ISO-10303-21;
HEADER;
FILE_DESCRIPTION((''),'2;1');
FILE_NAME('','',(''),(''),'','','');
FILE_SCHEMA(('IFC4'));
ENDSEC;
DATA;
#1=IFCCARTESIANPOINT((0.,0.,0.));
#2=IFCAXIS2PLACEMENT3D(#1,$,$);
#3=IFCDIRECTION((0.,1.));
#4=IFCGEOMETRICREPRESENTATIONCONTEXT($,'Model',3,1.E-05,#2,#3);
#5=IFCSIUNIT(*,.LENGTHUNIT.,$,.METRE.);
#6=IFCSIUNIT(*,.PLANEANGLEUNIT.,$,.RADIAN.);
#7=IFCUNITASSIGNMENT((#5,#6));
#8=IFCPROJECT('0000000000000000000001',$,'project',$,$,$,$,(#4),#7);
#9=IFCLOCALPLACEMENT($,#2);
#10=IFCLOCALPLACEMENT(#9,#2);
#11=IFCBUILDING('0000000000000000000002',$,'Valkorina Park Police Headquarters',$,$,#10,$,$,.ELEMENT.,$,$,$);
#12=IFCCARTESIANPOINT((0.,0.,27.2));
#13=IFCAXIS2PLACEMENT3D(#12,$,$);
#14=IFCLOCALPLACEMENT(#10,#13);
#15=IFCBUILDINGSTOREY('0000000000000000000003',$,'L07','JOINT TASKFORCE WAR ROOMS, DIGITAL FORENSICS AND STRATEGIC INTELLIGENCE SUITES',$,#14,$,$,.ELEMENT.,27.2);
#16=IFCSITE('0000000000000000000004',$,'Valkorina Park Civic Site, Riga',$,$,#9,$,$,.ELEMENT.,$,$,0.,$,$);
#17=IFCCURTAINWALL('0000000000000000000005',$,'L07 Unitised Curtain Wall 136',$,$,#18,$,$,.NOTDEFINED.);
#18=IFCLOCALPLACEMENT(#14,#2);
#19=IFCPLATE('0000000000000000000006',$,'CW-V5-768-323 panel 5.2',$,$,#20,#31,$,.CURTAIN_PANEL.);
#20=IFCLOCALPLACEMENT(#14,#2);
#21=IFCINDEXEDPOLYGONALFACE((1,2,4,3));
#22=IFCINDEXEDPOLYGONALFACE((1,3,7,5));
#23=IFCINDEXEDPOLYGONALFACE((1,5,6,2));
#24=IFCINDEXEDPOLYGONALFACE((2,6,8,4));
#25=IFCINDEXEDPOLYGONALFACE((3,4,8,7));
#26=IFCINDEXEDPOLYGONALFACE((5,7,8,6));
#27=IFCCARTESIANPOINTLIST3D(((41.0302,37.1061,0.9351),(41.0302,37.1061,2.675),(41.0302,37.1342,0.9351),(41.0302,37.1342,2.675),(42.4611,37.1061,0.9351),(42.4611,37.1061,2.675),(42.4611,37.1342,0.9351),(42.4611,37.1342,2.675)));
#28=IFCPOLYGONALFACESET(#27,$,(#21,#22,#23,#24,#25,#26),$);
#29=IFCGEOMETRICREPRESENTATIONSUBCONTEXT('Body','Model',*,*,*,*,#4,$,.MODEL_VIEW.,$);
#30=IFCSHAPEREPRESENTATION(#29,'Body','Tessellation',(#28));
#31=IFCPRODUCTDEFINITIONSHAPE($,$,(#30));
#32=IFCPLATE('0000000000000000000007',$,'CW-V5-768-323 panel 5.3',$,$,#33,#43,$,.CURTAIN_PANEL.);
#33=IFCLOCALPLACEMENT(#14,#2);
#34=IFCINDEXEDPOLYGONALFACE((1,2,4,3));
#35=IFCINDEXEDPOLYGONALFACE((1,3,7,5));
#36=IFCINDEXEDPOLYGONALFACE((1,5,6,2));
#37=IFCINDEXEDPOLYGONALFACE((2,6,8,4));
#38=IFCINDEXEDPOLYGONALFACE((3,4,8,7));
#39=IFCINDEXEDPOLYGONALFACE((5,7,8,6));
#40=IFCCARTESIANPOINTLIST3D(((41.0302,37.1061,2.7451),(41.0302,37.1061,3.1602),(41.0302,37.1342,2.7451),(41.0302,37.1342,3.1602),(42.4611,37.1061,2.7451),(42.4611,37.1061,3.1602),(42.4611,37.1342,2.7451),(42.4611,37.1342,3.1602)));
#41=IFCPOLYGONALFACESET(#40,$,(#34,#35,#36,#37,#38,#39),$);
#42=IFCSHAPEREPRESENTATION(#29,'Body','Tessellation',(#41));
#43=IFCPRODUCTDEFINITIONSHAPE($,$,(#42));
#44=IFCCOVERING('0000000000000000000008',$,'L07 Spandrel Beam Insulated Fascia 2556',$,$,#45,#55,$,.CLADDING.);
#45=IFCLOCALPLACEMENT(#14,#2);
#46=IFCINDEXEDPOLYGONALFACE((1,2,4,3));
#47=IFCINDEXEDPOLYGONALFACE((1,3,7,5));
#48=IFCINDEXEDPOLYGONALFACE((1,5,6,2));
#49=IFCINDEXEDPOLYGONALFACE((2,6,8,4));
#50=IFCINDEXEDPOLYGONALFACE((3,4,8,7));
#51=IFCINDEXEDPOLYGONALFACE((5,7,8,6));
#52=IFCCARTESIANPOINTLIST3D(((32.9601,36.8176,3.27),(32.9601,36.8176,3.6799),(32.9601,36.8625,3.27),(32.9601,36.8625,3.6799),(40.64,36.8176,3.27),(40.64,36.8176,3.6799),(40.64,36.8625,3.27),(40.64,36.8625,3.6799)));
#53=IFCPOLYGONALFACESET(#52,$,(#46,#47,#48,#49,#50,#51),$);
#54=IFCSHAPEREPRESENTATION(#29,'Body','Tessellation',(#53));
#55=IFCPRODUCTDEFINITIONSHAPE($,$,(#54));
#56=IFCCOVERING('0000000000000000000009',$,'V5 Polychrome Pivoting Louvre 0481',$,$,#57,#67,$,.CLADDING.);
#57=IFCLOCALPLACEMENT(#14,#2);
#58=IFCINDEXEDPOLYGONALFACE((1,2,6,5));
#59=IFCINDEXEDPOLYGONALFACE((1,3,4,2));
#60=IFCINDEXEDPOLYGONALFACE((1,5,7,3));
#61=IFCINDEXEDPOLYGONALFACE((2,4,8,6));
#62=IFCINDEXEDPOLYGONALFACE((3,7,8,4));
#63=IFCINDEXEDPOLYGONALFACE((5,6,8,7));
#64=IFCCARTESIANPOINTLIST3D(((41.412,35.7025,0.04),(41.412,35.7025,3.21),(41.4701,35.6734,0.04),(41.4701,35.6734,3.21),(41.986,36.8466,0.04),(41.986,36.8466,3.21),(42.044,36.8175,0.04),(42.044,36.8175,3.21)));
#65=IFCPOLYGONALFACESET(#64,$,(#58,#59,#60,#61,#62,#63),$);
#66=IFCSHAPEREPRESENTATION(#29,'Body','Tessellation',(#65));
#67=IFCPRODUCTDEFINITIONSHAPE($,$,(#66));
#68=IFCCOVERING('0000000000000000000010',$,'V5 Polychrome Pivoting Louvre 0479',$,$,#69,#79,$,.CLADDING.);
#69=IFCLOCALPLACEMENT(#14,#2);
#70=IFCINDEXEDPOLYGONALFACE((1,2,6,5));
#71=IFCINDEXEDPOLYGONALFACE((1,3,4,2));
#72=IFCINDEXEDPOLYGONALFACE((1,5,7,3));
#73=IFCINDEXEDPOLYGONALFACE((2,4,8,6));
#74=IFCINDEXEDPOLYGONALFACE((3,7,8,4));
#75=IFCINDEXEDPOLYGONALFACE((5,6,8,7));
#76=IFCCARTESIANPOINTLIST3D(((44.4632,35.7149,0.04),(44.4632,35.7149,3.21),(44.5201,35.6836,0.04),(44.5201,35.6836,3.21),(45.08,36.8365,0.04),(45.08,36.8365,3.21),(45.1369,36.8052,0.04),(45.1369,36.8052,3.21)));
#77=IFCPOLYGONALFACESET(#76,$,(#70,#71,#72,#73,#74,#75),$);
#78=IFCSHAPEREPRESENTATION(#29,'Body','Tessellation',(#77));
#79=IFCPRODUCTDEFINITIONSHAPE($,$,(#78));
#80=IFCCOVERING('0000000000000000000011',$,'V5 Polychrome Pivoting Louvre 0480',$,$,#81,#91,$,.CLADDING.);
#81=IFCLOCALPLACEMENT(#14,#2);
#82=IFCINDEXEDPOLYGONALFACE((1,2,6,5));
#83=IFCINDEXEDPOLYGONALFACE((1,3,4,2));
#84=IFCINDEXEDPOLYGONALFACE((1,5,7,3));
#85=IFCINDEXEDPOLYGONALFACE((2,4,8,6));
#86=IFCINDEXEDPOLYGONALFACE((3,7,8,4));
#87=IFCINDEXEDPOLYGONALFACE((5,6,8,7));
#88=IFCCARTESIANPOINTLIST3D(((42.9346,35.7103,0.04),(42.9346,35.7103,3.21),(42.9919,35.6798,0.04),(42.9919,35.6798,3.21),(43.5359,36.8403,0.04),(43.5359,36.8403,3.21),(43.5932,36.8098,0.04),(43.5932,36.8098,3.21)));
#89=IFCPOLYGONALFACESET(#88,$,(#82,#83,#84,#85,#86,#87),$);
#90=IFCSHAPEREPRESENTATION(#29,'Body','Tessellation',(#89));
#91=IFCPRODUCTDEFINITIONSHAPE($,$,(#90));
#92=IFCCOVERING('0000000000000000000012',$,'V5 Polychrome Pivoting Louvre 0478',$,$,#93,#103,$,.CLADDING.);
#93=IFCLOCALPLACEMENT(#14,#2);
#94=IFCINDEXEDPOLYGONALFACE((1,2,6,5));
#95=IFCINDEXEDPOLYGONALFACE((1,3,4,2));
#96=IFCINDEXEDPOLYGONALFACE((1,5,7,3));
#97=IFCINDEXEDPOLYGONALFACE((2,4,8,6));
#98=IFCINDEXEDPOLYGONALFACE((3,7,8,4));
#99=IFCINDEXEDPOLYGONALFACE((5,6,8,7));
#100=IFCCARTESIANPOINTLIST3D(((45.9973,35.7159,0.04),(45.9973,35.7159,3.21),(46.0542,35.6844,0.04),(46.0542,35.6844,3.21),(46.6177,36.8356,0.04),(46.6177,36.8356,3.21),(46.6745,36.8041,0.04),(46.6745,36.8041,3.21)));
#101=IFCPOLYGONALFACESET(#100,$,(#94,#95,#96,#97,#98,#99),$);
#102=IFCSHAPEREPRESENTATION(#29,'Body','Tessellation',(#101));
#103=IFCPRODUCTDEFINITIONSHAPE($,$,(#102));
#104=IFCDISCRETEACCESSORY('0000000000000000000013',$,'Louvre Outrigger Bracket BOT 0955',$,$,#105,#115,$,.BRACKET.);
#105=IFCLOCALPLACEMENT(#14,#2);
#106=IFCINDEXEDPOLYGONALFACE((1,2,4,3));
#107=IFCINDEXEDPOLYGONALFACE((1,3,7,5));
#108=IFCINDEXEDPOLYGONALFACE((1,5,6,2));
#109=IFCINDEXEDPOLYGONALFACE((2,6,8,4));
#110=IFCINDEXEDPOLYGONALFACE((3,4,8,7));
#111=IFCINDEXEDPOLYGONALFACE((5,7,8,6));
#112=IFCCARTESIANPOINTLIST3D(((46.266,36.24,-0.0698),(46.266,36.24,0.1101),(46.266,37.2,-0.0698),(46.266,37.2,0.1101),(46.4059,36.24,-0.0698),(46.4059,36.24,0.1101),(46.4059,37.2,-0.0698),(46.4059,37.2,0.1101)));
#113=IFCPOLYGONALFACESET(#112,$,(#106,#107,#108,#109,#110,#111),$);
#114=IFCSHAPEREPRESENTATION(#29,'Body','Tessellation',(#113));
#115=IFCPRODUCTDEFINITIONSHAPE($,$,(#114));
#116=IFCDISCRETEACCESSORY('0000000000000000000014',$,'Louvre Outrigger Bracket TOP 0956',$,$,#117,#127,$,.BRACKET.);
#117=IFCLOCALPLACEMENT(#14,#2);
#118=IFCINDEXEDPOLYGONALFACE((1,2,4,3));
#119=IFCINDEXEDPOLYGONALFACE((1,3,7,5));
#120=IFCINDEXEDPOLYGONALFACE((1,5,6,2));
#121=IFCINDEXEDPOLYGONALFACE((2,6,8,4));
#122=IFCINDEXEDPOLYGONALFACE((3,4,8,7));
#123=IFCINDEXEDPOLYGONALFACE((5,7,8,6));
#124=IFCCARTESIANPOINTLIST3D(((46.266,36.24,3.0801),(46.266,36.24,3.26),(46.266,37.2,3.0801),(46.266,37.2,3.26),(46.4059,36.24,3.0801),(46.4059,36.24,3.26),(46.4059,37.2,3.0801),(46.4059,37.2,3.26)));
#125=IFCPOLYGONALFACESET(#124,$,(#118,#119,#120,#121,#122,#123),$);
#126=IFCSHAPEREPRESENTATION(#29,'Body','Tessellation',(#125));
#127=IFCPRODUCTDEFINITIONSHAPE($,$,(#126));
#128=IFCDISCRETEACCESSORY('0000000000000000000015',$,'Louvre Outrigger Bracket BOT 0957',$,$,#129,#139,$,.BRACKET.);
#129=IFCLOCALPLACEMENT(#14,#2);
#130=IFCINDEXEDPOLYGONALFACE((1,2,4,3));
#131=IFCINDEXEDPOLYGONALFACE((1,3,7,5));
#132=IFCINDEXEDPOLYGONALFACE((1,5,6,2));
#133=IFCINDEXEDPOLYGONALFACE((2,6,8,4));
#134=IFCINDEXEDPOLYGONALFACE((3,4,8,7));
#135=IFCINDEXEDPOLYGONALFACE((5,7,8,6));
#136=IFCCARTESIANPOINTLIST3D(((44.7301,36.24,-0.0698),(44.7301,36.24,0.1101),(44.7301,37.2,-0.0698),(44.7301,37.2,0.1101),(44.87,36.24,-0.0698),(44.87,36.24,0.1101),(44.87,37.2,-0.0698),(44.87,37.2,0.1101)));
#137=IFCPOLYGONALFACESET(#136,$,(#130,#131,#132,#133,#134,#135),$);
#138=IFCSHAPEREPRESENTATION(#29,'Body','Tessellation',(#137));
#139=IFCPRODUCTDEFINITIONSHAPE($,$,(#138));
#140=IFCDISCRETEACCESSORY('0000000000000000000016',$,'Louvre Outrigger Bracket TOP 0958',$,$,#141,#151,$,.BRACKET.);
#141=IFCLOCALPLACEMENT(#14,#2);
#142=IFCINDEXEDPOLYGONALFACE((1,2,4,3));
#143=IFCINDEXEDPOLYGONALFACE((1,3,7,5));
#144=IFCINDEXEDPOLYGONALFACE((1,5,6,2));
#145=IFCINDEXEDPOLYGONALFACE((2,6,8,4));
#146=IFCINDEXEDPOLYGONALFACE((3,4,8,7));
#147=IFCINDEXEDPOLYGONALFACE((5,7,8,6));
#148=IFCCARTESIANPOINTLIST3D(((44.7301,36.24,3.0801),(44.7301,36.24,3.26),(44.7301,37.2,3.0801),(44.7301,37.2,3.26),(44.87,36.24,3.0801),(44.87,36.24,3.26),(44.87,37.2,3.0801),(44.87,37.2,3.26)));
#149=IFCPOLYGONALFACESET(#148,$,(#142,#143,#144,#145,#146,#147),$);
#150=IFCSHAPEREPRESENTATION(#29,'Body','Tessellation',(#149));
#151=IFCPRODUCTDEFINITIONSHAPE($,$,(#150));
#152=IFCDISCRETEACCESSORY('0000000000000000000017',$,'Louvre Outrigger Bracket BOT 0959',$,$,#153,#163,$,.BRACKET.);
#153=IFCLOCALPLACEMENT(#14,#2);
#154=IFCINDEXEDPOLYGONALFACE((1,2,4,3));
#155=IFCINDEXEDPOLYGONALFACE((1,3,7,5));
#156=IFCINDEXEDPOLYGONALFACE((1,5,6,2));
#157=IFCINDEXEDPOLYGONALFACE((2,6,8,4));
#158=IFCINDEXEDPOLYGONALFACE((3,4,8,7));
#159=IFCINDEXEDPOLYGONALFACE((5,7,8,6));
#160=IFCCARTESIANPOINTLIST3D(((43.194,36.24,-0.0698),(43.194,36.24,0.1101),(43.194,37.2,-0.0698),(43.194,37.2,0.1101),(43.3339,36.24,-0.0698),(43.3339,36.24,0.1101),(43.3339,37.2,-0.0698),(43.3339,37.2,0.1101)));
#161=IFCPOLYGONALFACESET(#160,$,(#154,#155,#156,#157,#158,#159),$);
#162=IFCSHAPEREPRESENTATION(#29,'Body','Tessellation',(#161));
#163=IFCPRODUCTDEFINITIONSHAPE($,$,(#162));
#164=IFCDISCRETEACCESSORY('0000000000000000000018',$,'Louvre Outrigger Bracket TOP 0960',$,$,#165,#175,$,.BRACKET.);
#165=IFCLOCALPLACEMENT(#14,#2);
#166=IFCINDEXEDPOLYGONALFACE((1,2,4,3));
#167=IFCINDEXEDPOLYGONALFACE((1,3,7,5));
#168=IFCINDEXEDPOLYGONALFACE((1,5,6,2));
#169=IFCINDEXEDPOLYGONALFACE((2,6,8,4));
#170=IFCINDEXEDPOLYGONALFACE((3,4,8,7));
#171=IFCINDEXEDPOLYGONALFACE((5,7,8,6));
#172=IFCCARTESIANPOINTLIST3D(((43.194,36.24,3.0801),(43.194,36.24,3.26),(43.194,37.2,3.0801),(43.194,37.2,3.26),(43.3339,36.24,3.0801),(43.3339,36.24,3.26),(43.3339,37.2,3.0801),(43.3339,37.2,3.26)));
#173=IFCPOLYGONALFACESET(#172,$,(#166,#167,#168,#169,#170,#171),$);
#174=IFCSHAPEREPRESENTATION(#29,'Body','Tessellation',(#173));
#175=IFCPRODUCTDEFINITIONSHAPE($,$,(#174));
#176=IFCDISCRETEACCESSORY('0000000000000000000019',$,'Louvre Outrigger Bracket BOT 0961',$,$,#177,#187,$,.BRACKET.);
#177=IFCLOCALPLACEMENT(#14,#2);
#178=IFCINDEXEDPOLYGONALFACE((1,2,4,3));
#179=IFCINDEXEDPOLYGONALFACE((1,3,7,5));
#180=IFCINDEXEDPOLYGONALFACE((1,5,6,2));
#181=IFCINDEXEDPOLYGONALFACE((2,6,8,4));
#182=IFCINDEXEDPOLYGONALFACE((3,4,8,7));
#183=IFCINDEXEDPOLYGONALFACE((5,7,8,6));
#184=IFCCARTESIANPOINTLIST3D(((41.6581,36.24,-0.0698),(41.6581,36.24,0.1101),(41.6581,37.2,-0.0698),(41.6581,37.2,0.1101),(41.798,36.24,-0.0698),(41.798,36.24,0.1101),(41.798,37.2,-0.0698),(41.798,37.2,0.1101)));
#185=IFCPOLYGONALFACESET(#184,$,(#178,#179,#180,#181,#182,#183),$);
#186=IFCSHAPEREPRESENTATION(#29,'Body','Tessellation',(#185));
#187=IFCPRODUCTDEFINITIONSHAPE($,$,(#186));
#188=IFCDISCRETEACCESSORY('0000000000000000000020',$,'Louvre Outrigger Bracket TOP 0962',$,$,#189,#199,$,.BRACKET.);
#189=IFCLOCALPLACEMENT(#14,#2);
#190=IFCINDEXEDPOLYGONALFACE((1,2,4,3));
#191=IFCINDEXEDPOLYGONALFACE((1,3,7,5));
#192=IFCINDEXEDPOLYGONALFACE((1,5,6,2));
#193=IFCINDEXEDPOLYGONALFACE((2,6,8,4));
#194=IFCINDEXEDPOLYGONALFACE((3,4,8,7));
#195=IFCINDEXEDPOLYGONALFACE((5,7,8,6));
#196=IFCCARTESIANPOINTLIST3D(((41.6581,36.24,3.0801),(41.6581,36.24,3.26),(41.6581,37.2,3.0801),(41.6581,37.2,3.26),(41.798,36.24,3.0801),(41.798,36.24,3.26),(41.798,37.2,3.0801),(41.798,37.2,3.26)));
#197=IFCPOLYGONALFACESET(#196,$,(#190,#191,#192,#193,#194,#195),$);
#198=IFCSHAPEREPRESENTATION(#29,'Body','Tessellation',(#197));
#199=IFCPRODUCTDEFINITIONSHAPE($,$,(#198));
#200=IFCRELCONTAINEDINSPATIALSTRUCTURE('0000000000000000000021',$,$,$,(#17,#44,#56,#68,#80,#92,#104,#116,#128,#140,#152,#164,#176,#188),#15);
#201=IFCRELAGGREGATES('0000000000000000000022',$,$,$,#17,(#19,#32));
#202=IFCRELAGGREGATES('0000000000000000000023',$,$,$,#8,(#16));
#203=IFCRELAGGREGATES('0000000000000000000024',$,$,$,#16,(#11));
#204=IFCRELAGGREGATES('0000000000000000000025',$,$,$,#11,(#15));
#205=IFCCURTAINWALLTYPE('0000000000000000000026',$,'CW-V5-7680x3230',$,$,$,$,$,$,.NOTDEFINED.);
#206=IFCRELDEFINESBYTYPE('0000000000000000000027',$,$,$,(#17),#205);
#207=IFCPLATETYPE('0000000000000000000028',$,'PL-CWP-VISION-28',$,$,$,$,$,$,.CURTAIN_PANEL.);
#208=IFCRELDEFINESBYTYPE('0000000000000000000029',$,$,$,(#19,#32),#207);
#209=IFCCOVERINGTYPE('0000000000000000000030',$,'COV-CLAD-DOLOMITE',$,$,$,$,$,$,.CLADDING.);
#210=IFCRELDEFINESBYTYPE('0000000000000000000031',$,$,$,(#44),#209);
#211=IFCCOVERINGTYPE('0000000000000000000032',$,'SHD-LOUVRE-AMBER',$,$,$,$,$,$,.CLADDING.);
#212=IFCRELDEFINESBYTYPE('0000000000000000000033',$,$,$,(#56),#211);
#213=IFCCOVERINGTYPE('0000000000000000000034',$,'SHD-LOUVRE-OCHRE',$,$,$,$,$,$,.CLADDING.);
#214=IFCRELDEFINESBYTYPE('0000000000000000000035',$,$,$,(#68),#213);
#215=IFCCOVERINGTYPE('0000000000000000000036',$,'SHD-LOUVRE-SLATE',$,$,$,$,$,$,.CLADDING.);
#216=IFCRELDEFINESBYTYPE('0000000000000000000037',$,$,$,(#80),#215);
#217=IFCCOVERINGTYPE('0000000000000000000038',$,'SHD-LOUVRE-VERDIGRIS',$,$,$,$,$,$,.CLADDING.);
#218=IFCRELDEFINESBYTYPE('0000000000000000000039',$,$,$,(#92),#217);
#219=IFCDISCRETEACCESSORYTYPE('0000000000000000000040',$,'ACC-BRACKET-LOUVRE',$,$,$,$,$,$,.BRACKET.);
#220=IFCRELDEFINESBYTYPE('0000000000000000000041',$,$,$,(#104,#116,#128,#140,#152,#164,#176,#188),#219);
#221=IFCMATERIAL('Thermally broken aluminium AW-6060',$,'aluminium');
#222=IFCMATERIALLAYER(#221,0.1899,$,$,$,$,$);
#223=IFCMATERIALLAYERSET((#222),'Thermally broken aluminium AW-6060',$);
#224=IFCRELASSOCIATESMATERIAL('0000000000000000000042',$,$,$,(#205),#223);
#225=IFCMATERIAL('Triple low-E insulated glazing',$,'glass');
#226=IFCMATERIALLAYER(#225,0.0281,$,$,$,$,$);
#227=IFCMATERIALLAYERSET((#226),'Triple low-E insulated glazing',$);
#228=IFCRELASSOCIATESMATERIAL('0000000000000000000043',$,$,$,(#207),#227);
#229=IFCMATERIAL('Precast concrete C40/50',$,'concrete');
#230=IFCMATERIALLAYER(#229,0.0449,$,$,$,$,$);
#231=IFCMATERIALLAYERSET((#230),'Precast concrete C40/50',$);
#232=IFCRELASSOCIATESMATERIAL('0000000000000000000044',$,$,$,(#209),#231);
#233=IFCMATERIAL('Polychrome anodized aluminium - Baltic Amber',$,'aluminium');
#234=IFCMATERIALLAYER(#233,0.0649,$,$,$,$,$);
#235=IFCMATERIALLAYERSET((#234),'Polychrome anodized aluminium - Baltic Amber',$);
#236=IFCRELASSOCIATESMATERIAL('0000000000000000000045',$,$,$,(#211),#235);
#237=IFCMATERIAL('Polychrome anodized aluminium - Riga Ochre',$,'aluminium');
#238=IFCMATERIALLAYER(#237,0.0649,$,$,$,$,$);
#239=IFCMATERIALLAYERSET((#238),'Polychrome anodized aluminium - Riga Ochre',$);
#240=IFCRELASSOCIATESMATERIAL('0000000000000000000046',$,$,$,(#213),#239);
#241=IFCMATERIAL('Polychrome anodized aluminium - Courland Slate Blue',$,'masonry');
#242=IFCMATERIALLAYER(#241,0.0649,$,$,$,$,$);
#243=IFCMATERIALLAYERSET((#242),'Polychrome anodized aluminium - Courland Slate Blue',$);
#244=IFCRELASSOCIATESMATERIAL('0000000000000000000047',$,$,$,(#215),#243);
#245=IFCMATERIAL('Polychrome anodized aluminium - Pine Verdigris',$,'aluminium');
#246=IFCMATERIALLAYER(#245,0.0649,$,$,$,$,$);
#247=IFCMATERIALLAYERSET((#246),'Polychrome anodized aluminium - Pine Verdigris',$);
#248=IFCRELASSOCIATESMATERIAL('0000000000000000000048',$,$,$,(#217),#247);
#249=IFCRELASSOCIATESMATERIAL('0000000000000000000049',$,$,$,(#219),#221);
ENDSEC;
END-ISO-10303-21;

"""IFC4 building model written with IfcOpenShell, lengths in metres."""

from ifc_helpers import new_model, si_unit, direction, frame, frame_2d, origin, origin_2d, place, context, subcontext, project, spatial, rectangle, extrude, material, layer, layer_set, type_object, element, aggregate, save


model = new_model("IFC4")

# Units and contexts
model_context = context("Model", 3, precision=1e-05, world=origin(), true_north=direction((0.0, 1.0)))
body_context = subcontext(model_context, "Body", "Model", "MODEL_VIEW")
ifc_project = project(units=[si_unit("LENGTHUNIT", "METRE"), si_unit("PLANEANGLEUNIT", "RADIAN")], contexts=[model_context])

# Site, building, storey
site_placement = place(None, origin())
site = spatial("IfcSite", under=ifc_project, at=site_placement, Name="Valkorina Park Civic Site, Riga", CompositionType="ELEMENT", RefElevation=0.0)
building_placement = place(site_placement, origin())
building = spatial("IfcBuilding", under=site, at=building_placement, Name="Valkorina Park Police Headquarters", CompositionType="ELEMENT")
storey_placement = place(building_placement, frame((0.0, 0.0, 27.2)))
storey = spatial("IfcBuildingStorey", under=building, at=storey_placement, Name="L07", Description="JOINT TASKFORCE WAR ROOMS, DIGITAL FORENSICS AND STRATEGIC INTELLIGENCE SUITES", CompositionType="ELEMENT", Elevation=27.2)

# Curtain wall, plates
ifc_material_1 = material(Name="Thermally broken aluminium AW-6060", Category="aluminium")
ifc_layer_1 = layer(ifc_material_1, 0.1899)
ifc_layer_set_1 = layer_set([ifc_layer_1], Name="Thermally broken aluminium AW-6060")
curtain_wall_type = type_object("IfcCurtainWallType", Name="CW-V5-7680x3230", PredefinedType="NOTDEFINED", material=ifc_layer_set_1)
curtain_wall_placement = place(storey_placement, origin())
curtain_wall = element("IfcCurtainWall", 1, at=curtain_wall_placement, inside=storey, type_object=curtain_wall_type, Name="L07 Unitised Curtain Wall 136", PredefinedType="NOTDEFINED")
ifc_material_2 = material(Name="Triple low-E insulated glazing", Category="glass")
ifc_layer_2 = layer(ifc_material_2, 0.0281)
ifc_layer_set_2 = layer_set([ifc_layer_2], Name="Triple low-E insulated glazing")
plate_type_1 = type_object("IfcPlateType", Name="PL-CWP-VISION-28", PredefinedType="CURTAIN_PANEL", material=ifc_layer_set_2)
plate_1_placement = place(storey_placement, frame((41.7456, 37.1201, 0.9351), z_axis=(0.0, 0.0, 1.0), x_axis=(-1.0, 0.0, 0.0)))
plate_1 = element("IfcPlate", 2, at=plate_1_placement, type_object=plate_type_1, Name="CW-V5-768-323 panel 5.2", PredefinedType="CURTAIN_PANEL", context=body_context, shape_type="SweptSolid", body=[
    extrude(rectangle(XDim=1.4309, YDim=0.0281, at=origin_2d()), origin(), (0.0, 0.0, 1.0), 1.74),
])
plate_2_placement = place(storey_placement, frame((41.7456, 37.1201, 2.7451), z_axis=(0.0, 0.0, 1.0), x_axis=(-1.0, 0.0, 0.0)))
plate_2 = element("IfcPlate", 3, at=plate_2_placement, type_object=plate_type_1, Name="CW-V5-768-323 panel 5.3", PredefinedType="CURTAIN_PANEL", context=body_context, shape_type="SweptSolid", body=[
    extrude(rectangle(XDim=1.4309, YDim=0.0281, at=origin_2d()), origin(), (0.0, 0.0, 1.0), 0.415),
])
aggregate(curtain_wall, [plate_1, plate_2])

# Coverings
ifc_material_3 = material(Name="Precast concrete C40/50", Category="concrete")
ifc_layer_3 = layer(ifc_material_3, 0.0449)
ifc_layer_set_3 = layer_set([ifc_layer_3], Name="Precast concrete C40/50")
covering_type_1 = type_object("IfcCoveringType", Name="COV-CLAD-DOLOMITE", PredefinedType="CLADDING", material=ifc_layer_set_3)
covering_1_placement = place(storey_placement, frame((40.6399, 36.8401, 3.27), z_axis=(0.0, 0.0, 1.0), x_axis=(-1.0, 0.0, 0.0)))
element("IfcCovering", 4, at=covering_1_placement, inside=storey, type_object=covering_type_1, Name="L07 Spandrel Beam Insulated Fascia 2556", PredefinedType="CLADDING", context=body_context, shape_type="SweptSolid", body=[
    extrude(rectangle(XDim=7.6799, YDim=0.0449, at=frame_2d((3.8398, 0.0))), origin(), (0.0, 0.0, 1.0), 0.4099),
])
ifc_material_4 = material(Name="Polychrome anodized aluminium - Baltic Amber", Category="aluminium")
ifc_layer_4 = layer(ifc_material_4, 0.0649)
ifc_layer_set_4 = layer_set([ifc_layer_4], Name="Polychrome anodized aluminium - Baltic Amber")
covering_type_2 = type_object("IfcCoveringType", Name="SHD-LOUVRE-AMBER", PredefinedType="CLADDING", material=ifc_layer_set_4)
covering_2_placement = place(storey_placement, frame((41.728, 36.26, 0.04), z_axis=(0.0, 0.0, 1.0), x_axis=(-0.448383, -0.893841, 0.0)))
element("IfcCovering", 5, at=covering_2_placement, inside=storey, type_object=covering_type_2, Name="V5 Polychrome Pivoting Louvre 0481", PredefinedType="CLADDING", context=body_context, shape_type="SweptSolid", body=[
    extrude(rectangle(XDim=1.28, YDim=0.0649, at=origin_2d()), origin(), (0.0, 0.0, 1.0), 3.1699),
])
ifc_material_5 = material(Name="Polychrome anodized aluminium - Riga Ochre", Category="aluminium")
ifc_layer_5 = layer(ifc_material_5, 0.0649)
ifc_layer_set_5 = layer_set([ifc_layer_5], Name="Polychrome anodized aluminium - Riga Ochre")
covering_type_3 = type_object("IfcCoveringType", Name="SHD-LOUVRE-OCHRE", PredefinedType="CLADDING", material=ifc_layer_set_5)
covering_3_placement = place(storey_placement, frame((44.8, 36.26, 0.04), z_axis=(0.0, 0.0, 1.0), x_axis=(-0.481907, -0.876223, 0.0)))
element("IfcCovering", 6, at=covering_3_placement, inside=storey, type_object=covering_type_3, Name="V5 Polychrome Pivoting Louvre 0479", PredefinedType="CLADDING", context=body_context, shape_type="SweptSolid", body=[
    extrude(rectangle(XDim=1.28, YDim=0.0649, at=origin_2d()), origin(), (0.0, 0.0, 1.0), 3.1699),
])
ifc_material_6 = material(Name="Polychrome anodized aluminium - Courland Slate Blue", Category="masonry")
ifc_layer_6 = layer(ifc_material_6, 0.0649)
ifc_layer_set_6 = layer_set([ifc_layer_6], Name="Polychrome anodized aluminium - Courland Slate Blue")
covering_type_4 = type_object("IfcCoveringType", Name="SHD-LOUVRE-SLATE", PredefinedType="CLADDING", material=ifc_layer_set_6)
covering_4_placement = place(storey_placement, frame((43.2639, 36.26, 0.04), z_axis=(0.0, 0.0, 1.0), x_axis=(-0.46978, -0.882784, 0.0)))
element("IfcCovering", 7, at=covering_4_placement, inside=storey, type_object=covering_type_4, Name="V5 Polychrome Pivoting Louvre 0480", PredefinedType="CLADDING", context=body_context, shape_type="SweptSolid", body=[
    extrude(rectangle(XDim=1.28, YDim=0.0649, at=origin_2d()), origin(), (0.0, 0.0, 1.0), 3.1699),
])
ifc_material_7 = material(Name="Polychrome anodized aluminium - Pine Verdigris", Category="aluminium")
ifc_layer_7 = layer(ifc_material_7, 0.0649)
ifc_layer_set_7 = layer_set([ifc_layer_7], Name="Polychrome anodized aluminium - Pine Verdigris")
covering_type_5 = type_object("IfcCoveringType", Name="SHD-LOUVRE-VERDIGRIS", PredefinedType="CLADDING", material=ifc_layer_set_7)
covering_5_placement = place(storey_placement, frame((46.3359, 36.26, 0.04), z_axis=(0.0, 0.0, 1.0), x_axis=(-0.484657, -0.874704, 0.0)))
element("IfcCovering", 8, at=covering_5_placement, inside=storey, type_object=covering_type_5, Name="V5 Polychrome Pivoting Louvre 0478", PredefinedType="CLADDING", context=body_context, shape_type="SweptSolid", body=[
    extrude(rectangle(XDim=1.28, YDim=0.0649, at=origin_2d()), origin(), (0.0, 0.0, 1.0), 3.1699),
])

# Discrete accessories
discrete_accessory_type = type_object("IfcDiscreteAccessoryType", Name="ACC-BRACKET-LOUVRE", PredefinedType="BRACKET", material=ifc_material_1)
for number, where, z_axis, x_axis, name in (
    (9, (46.3359, 36.72, -0.0698), (0.0, 0.0, 1.0), (0.0, -1.0, 0.0), "Louvre Outrigger Bracket BOT 0955"),
    (10, (46.3359, 36.72, 3.0801), (0.0, 0.0, 1.0), (0.0, -1.0, 0.0), "Louvre Outrigger Bracket TOP 0956"),
    (11, (44.8, 36.72, -0.0698), (0.0, 0.0, 1.0), (0.0, -1.0, 0.0), "Louvre Outrigger Bracket BOT 0957"),
    (12, (44.8, 36.72, 3.0801), (0.0, 0.0, 1.0), (0.0, -1.0, 0.0), "Louvre Outrigger Bracket TOP 0958"),
    (13, (43.2639, 36.72, -0.0698), (0.0, 0.0, 1.0), (0.0, -1.0, 0.0), "Louvre Outrigger Bracket BOT 0959"),
    (14, (43.2639, 36.72, 3.0801), (0.0, 0.0, 1.0), (0.0, -1.0, 0.0), "Louvre Outrigger Bracket TOP 0960"),
    (15, (41.728, 36.72, -0.0698), (0.0, 0.0, 1.0), (0.0, -1.0, 0.0), "Louvre Outrigger Bracket BOT 0961"),
    (16, (41.728, 36.72, 3.0801), (0.0, 0.0, 1.0), (0.0, -1.0, 0.0), "Louvre Outrigger Bracket TOP 0962"),
):
    element("IfcDiscreteAccessory", number, at=place(storey_placement, frame(where, z_axis=z_axis, x_axis=x_axis)), inside=storey, type_object=discrete_accessory_type, Name=name, PredefinedType="BRACKET", context=body_context, shape_type="SweptSolid", body=[
        extrude(rectangle(XDim=0.96, YDim=0.1399, at=origin_2d()), origin(), (0.0, 0.0, 1.0), 0.1799),
    ])

save(model, "model.ifc")
